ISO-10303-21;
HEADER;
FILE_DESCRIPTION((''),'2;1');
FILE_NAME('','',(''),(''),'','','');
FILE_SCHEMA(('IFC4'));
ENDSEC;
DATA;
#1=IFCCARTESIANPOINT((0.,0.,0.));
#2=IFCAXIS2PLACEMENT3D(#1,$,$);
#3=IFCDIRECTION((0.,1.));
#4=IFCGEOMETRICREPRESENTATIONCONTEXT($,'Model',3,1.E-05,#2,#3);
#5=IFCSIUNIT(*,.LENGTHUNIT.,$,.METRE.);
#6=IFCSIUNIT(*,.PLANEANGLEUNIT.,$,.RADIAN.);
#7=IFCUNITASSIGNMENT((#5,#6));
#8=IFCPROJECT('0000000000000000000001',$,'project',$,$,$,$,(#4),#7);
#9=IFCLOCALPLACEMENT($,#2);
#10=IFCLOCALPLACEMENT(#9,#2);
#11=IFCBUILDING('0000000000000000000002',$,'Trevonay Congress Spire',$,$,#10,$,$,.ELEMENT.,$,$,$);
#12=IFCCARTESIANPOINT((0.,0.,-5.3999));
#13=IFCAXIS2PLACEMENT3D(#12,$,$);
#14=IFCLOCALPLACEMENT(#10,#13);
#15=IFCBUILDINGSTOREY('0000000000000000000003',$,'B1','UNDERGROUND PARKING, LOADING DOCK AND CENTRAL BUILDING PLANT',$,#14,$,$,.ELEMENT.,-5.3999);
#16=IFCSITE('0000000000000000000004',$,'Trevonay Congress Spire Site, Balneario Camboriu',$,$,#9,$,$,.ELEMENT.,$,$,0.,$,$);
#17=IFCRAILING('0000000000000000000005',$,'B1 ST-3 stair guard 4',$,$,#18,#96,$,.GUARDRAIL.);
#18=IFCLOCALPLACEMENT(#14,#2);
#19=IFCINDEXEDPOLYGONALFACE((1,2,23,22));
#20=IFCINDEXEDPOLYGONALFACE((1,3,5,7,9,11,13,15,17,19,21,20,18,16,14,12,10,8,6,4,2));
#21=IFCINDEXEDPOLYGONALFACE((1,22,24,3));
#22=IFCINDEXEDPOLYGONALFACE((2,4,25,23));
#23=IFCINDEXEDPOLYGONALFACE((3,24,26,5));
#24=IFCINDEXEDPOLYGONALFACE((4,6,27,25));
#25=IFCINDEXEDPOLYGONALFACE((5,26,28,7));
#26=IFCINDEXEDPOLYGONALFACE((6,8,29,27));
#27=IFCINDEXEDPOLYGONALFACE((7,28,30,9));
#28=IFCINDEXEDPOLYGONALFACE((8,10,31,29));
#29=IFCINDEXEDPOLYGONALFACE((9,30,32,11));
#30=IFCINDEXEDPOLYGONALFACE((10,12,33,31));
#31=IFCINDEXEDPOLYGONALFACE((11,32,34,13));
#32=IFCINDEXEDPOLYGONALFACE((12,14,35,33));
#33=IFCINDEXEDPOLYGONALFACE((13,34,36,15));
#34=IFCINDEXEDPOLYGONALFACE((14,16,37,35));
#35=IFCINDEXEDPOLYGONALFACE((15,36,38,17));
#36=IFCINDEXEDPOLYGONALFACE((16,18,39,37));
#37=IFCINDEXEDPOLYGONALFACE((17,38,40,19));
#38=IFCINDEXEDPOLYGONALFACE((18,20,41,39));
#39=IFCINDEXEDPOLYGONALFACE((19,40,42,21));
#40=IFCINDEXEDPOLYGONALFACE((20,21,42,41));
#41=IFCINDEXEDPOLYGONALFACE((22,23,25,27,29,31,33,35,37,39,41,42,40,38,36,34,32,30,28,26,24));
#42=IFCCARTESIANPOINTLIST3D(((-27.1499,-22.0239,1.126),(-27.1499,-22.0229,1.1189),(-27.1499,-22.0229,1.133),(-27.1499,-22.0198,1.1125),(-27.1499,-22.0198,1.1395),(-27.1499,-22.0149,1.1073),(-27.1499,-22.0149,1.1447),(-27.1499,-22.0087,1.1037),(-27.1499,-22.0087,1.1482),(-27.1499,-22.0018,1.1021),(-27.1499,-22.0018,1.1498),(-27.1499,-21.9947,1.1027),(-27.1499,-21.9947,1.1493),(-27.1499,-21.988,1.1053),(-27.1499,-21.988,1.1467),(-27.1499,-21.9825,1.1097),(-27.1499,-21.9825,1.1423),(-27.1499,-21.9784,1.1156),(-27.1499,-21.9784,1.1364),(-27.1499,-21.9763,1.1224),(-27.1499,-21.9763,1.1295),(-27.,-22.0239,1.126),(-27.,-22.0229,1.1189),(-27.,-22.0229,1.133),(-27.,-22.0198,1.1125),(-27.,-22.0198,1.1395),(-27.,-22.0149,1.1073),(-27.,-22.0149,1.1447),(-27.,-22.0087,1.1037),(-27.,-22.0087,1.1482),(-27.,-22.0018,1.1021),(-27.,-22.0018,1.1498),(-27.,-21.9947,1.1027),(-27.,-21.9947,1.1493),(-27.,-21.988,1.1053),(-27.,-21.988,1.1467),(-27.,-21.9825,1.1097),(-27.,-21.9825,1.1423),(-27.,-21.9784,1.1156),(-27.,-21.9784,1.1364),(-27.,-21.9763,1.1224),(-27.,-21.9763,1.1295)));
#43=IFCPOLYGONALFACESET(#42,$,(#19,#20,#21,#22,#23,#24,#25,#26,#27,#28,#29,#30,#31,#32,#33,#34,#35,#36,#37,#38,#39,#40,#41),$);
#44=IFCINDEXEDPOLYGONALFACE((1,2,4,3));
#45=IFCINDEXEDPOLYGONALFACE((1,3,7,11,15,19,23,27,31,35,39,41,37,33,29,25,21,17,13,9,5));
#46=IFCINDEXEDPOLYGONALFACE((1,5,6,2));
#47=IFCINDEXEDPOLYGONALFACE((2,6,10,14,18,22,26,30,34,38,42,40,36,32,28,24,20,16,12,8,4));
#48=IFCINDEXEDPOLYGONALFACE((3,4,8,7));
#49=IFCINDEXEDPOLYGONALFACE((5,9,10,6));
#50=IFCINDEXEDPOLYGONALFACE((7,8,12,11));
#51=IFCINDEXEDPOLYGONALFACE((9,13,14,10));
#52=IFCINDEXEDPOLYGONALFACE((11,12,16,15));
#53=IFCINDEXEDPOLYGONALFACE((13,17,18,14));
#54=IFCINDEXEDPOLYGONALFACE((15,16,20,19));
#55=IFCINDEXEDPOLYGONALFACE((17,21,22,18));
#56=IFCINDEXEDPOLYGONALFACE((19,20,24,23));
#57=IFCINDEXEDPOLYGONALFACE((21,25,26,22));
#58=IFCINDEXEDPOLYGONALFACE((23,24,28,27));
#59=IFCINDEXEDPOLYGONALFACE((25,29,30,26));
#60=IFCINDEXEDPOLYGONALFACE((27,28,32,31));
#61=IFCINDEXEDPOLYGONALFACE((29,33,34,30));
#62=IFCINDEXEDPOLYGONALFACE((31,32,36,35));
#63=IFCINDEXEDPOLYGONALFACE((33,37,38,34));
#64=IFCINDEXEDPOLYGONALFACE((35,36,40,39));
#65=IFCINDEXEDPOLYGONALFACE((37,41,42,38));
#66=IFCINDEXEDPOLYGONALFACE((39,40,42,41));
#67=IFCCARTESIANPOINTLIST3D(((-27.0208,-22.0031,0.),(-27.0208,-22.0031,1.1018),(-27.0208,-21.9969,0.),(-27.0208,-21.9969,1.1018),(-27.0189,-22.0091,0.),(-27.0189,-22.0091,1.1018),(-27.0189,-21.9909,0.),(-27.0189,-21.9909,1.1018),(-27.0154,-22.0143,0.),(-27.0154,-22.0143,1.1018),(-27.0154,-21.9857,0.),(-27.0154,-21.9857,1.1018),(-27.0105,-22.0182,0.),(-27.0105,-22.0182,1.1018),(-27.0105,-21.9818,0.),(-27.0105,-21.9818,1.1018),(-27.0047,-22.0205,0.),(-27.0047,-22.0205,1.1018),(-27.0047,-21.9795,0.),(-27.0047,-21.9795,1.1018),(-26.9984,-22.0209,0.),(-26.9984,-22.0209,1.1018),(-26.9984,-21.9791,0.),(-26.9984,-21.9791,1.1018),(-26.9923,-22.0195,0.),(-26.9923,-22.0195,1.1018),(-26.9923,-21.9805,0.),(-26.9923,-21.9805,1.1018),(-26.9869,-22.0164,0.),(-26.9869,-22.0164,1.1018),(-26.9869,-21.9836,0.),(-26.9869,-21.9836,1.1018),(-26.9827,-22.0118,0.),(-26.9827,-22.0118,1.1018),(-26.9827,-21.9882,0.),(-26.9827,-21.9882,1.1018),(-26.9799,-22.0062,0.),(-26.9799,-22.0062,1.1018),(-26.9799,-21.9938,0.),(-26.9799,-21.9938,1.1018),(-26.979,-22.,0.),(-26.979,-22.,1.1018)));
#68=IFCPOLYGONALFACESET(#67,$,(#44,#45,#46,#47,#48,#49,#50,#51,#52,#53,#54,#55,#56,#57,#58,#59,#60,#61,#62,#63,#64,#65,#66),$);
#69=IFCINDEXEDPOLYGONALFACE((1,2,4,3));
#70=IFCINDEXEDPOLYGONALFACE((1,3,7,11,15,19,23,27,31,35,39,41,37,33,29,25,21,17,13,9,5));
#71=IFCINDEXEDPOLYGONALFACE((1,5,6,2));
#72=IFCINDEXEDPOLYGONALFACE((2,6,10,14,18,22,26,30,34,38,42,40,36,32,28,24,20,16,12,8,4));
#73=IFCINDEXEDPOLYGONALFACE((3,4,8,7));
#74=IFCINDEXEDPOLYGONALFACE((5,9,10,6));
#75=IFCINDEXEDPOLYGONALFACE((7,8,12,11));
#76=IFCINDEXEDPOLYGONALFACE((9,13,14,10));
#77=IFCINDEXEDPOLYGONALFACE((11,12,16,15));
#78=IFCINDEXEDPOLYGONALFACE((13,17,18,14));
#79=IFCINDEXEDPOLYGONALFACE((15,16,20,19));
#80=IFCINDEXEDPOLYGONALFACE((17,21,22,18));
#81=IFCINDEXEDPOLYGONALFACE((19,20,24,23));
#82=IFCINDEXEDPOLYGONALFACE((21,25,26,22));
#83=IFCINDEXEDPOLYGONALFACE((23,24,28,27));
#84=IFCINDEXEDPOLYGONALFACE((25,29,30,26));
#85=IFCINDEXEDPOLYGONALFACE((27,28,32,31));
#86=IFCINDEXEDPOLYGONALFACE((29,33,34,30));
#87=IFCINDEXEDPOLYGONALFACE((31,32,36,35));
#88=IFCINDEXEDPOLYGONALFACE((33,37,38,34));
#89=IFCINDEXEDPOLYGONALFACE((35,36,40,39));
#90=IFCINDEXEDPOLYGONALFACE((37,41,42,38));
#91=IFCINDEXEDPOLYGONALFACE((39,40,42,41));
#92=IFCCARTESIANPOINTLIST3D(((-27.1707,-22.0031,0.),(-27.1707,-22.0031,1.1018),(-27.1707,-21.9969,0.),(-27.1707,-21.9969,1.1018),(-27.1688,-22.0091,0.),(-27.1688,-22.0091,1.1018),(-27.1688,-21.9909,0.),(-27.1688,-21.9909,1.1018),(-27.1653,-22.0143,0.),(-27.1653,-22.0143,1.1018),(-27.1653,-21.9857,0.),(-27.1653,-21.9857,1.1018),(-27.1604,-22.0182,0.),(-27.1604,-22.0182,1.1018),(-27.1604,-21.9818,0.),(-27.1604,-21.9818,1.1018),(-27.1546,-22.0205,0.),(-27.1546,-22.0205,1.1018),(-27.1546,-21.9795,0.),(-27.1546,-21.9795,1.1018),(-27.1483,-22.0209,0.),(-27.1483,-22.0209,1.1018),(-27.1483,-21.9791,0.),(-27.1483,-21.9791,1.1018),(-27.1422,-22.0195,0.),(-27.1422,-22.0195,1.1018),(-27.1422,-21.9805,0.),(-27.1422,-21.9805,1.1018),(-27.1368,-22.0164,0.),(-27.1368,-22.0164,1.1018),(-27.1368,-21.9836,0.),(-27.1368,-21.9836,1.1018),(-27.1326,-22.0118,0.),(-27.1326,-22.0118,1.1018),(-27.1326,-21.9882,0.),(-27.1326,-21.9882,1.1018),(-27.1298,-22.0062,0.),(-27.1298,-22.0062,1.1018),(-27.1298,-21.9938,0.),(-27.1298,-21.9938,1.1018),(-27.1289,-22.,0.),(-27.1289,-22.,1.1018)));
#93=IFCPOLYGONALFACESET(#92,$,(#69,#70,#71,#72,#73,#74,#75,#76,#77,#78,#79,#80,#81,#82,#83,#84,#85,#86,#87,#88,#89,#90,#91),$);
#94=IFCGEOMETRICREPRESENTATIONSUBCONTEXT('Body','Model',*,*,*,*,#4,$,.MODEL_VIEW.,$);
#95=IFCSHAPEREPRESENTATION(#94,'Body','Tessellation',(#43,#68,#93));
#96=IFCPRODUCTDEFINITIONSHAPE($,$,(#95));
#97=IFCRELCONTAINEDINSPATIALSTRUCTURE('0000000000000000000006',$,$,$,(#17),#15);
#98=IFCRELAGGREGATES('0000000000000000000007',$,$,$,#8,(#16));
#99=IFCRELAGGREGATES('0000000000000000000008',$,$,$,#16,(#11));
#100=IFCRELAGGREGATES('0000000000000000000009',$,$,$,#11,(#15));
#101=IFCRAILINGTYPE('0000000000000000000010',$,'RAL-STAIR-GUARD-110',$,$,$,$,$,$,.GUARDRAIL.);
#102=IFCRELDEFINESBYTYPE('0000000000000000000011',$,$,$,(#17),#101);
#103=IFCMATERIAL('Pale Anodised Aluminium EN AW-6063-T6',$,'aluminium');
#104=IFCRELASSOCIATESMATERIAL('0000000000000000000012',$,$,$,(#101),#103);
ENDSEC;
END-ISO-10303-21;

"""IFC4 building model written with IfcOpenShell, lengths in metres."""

from ifc_helpers import new_model, si_unit, direction, frame, origin, origin_2d, place, context, subcontext, project, spatial, circle, extrude, material, type_object, element, save


model = new_model("IFC4")

# Units and contexts
model_context = context("Model", 3, precision=1e-05, world=origin(), true_north=direction((0.0, 1.0)))
body_context = subcontext(model_context, "Body", "Model", "MODEL_VIEW")
ifc_project = project(units=[si_unit("LENGTHUNIT", "METRE"), si_unit("PLANEANGLEUNIT", "RADIAN")], contexts=[model_context])

# Site, building, storey
site_placement = place(None, origin())
site = spatial("IfcSite", under=ifc_project, at=site_placement, Name="Trevonay Congress Spire Site, Balneario Camboriu", CompositionType="ELEMENT", RefElevation=0.0)
building_placement = place(site_placement, origin())
building = spatial("IfcBuilding", under=site, at=building_placement, Name="Trevonay Congress Spire", CompositionType="ELEMENT")
storey_placement = place(building_placement, frame((0.0, 0.0, -5.3999)))
storey = spatial("IfcBuildingStorey", under=building, at=storey_placement, Name="B1", Description="UNDERGROUND PARKING, LOADING DOCK AND CENTRAL BUILDING PLANT", CompositionType="ELEMENT", Elevation=-5.3999)

# Railing
ifc_material_1 = material(Name="Pale Anodised Aluminium EN AW-6063-T6", Category="aluminium")
railing_type_1 = type_object("IfcRailingType", Name="RAL-STAIR-GUARD-110", PredefinedType="GUARDRAIL", material=ifc_material_1)
railing_1_placement = place(storey_placement, frame((-27.0, -22.0, 0.0)))
element("IfcRailing", 1, at=railing_1_placement, inside=storey, type_object=railing_type_1, Name="B1 ST-3 stair guard 4", PredefinedType="GUARDRAIL", context=body_context, shape_type="SweptSolid", body=[
    extrude(circle(Radius=0.0239, at=origin_2d()), frame((0.0, 0.0, 1.126), z_axis=(-1.0, 0.0, 0.0), x_axis=(0.0, -1.0, 0.0)), (0.0, 0.0, 1.0), 0.1499),
    extrude(circle(Radius=0.021, at=origin_2d()), origin(), (0.0, 0.0, 1.0), 1.1018),
    extrude(circle(Radius=0.021, at=origin_2d()), frame((-0.1499, 0.0, 0.0)), (0.0, 0.0, 1.0), 1.1018),
])

save(model, "model.ifc")
